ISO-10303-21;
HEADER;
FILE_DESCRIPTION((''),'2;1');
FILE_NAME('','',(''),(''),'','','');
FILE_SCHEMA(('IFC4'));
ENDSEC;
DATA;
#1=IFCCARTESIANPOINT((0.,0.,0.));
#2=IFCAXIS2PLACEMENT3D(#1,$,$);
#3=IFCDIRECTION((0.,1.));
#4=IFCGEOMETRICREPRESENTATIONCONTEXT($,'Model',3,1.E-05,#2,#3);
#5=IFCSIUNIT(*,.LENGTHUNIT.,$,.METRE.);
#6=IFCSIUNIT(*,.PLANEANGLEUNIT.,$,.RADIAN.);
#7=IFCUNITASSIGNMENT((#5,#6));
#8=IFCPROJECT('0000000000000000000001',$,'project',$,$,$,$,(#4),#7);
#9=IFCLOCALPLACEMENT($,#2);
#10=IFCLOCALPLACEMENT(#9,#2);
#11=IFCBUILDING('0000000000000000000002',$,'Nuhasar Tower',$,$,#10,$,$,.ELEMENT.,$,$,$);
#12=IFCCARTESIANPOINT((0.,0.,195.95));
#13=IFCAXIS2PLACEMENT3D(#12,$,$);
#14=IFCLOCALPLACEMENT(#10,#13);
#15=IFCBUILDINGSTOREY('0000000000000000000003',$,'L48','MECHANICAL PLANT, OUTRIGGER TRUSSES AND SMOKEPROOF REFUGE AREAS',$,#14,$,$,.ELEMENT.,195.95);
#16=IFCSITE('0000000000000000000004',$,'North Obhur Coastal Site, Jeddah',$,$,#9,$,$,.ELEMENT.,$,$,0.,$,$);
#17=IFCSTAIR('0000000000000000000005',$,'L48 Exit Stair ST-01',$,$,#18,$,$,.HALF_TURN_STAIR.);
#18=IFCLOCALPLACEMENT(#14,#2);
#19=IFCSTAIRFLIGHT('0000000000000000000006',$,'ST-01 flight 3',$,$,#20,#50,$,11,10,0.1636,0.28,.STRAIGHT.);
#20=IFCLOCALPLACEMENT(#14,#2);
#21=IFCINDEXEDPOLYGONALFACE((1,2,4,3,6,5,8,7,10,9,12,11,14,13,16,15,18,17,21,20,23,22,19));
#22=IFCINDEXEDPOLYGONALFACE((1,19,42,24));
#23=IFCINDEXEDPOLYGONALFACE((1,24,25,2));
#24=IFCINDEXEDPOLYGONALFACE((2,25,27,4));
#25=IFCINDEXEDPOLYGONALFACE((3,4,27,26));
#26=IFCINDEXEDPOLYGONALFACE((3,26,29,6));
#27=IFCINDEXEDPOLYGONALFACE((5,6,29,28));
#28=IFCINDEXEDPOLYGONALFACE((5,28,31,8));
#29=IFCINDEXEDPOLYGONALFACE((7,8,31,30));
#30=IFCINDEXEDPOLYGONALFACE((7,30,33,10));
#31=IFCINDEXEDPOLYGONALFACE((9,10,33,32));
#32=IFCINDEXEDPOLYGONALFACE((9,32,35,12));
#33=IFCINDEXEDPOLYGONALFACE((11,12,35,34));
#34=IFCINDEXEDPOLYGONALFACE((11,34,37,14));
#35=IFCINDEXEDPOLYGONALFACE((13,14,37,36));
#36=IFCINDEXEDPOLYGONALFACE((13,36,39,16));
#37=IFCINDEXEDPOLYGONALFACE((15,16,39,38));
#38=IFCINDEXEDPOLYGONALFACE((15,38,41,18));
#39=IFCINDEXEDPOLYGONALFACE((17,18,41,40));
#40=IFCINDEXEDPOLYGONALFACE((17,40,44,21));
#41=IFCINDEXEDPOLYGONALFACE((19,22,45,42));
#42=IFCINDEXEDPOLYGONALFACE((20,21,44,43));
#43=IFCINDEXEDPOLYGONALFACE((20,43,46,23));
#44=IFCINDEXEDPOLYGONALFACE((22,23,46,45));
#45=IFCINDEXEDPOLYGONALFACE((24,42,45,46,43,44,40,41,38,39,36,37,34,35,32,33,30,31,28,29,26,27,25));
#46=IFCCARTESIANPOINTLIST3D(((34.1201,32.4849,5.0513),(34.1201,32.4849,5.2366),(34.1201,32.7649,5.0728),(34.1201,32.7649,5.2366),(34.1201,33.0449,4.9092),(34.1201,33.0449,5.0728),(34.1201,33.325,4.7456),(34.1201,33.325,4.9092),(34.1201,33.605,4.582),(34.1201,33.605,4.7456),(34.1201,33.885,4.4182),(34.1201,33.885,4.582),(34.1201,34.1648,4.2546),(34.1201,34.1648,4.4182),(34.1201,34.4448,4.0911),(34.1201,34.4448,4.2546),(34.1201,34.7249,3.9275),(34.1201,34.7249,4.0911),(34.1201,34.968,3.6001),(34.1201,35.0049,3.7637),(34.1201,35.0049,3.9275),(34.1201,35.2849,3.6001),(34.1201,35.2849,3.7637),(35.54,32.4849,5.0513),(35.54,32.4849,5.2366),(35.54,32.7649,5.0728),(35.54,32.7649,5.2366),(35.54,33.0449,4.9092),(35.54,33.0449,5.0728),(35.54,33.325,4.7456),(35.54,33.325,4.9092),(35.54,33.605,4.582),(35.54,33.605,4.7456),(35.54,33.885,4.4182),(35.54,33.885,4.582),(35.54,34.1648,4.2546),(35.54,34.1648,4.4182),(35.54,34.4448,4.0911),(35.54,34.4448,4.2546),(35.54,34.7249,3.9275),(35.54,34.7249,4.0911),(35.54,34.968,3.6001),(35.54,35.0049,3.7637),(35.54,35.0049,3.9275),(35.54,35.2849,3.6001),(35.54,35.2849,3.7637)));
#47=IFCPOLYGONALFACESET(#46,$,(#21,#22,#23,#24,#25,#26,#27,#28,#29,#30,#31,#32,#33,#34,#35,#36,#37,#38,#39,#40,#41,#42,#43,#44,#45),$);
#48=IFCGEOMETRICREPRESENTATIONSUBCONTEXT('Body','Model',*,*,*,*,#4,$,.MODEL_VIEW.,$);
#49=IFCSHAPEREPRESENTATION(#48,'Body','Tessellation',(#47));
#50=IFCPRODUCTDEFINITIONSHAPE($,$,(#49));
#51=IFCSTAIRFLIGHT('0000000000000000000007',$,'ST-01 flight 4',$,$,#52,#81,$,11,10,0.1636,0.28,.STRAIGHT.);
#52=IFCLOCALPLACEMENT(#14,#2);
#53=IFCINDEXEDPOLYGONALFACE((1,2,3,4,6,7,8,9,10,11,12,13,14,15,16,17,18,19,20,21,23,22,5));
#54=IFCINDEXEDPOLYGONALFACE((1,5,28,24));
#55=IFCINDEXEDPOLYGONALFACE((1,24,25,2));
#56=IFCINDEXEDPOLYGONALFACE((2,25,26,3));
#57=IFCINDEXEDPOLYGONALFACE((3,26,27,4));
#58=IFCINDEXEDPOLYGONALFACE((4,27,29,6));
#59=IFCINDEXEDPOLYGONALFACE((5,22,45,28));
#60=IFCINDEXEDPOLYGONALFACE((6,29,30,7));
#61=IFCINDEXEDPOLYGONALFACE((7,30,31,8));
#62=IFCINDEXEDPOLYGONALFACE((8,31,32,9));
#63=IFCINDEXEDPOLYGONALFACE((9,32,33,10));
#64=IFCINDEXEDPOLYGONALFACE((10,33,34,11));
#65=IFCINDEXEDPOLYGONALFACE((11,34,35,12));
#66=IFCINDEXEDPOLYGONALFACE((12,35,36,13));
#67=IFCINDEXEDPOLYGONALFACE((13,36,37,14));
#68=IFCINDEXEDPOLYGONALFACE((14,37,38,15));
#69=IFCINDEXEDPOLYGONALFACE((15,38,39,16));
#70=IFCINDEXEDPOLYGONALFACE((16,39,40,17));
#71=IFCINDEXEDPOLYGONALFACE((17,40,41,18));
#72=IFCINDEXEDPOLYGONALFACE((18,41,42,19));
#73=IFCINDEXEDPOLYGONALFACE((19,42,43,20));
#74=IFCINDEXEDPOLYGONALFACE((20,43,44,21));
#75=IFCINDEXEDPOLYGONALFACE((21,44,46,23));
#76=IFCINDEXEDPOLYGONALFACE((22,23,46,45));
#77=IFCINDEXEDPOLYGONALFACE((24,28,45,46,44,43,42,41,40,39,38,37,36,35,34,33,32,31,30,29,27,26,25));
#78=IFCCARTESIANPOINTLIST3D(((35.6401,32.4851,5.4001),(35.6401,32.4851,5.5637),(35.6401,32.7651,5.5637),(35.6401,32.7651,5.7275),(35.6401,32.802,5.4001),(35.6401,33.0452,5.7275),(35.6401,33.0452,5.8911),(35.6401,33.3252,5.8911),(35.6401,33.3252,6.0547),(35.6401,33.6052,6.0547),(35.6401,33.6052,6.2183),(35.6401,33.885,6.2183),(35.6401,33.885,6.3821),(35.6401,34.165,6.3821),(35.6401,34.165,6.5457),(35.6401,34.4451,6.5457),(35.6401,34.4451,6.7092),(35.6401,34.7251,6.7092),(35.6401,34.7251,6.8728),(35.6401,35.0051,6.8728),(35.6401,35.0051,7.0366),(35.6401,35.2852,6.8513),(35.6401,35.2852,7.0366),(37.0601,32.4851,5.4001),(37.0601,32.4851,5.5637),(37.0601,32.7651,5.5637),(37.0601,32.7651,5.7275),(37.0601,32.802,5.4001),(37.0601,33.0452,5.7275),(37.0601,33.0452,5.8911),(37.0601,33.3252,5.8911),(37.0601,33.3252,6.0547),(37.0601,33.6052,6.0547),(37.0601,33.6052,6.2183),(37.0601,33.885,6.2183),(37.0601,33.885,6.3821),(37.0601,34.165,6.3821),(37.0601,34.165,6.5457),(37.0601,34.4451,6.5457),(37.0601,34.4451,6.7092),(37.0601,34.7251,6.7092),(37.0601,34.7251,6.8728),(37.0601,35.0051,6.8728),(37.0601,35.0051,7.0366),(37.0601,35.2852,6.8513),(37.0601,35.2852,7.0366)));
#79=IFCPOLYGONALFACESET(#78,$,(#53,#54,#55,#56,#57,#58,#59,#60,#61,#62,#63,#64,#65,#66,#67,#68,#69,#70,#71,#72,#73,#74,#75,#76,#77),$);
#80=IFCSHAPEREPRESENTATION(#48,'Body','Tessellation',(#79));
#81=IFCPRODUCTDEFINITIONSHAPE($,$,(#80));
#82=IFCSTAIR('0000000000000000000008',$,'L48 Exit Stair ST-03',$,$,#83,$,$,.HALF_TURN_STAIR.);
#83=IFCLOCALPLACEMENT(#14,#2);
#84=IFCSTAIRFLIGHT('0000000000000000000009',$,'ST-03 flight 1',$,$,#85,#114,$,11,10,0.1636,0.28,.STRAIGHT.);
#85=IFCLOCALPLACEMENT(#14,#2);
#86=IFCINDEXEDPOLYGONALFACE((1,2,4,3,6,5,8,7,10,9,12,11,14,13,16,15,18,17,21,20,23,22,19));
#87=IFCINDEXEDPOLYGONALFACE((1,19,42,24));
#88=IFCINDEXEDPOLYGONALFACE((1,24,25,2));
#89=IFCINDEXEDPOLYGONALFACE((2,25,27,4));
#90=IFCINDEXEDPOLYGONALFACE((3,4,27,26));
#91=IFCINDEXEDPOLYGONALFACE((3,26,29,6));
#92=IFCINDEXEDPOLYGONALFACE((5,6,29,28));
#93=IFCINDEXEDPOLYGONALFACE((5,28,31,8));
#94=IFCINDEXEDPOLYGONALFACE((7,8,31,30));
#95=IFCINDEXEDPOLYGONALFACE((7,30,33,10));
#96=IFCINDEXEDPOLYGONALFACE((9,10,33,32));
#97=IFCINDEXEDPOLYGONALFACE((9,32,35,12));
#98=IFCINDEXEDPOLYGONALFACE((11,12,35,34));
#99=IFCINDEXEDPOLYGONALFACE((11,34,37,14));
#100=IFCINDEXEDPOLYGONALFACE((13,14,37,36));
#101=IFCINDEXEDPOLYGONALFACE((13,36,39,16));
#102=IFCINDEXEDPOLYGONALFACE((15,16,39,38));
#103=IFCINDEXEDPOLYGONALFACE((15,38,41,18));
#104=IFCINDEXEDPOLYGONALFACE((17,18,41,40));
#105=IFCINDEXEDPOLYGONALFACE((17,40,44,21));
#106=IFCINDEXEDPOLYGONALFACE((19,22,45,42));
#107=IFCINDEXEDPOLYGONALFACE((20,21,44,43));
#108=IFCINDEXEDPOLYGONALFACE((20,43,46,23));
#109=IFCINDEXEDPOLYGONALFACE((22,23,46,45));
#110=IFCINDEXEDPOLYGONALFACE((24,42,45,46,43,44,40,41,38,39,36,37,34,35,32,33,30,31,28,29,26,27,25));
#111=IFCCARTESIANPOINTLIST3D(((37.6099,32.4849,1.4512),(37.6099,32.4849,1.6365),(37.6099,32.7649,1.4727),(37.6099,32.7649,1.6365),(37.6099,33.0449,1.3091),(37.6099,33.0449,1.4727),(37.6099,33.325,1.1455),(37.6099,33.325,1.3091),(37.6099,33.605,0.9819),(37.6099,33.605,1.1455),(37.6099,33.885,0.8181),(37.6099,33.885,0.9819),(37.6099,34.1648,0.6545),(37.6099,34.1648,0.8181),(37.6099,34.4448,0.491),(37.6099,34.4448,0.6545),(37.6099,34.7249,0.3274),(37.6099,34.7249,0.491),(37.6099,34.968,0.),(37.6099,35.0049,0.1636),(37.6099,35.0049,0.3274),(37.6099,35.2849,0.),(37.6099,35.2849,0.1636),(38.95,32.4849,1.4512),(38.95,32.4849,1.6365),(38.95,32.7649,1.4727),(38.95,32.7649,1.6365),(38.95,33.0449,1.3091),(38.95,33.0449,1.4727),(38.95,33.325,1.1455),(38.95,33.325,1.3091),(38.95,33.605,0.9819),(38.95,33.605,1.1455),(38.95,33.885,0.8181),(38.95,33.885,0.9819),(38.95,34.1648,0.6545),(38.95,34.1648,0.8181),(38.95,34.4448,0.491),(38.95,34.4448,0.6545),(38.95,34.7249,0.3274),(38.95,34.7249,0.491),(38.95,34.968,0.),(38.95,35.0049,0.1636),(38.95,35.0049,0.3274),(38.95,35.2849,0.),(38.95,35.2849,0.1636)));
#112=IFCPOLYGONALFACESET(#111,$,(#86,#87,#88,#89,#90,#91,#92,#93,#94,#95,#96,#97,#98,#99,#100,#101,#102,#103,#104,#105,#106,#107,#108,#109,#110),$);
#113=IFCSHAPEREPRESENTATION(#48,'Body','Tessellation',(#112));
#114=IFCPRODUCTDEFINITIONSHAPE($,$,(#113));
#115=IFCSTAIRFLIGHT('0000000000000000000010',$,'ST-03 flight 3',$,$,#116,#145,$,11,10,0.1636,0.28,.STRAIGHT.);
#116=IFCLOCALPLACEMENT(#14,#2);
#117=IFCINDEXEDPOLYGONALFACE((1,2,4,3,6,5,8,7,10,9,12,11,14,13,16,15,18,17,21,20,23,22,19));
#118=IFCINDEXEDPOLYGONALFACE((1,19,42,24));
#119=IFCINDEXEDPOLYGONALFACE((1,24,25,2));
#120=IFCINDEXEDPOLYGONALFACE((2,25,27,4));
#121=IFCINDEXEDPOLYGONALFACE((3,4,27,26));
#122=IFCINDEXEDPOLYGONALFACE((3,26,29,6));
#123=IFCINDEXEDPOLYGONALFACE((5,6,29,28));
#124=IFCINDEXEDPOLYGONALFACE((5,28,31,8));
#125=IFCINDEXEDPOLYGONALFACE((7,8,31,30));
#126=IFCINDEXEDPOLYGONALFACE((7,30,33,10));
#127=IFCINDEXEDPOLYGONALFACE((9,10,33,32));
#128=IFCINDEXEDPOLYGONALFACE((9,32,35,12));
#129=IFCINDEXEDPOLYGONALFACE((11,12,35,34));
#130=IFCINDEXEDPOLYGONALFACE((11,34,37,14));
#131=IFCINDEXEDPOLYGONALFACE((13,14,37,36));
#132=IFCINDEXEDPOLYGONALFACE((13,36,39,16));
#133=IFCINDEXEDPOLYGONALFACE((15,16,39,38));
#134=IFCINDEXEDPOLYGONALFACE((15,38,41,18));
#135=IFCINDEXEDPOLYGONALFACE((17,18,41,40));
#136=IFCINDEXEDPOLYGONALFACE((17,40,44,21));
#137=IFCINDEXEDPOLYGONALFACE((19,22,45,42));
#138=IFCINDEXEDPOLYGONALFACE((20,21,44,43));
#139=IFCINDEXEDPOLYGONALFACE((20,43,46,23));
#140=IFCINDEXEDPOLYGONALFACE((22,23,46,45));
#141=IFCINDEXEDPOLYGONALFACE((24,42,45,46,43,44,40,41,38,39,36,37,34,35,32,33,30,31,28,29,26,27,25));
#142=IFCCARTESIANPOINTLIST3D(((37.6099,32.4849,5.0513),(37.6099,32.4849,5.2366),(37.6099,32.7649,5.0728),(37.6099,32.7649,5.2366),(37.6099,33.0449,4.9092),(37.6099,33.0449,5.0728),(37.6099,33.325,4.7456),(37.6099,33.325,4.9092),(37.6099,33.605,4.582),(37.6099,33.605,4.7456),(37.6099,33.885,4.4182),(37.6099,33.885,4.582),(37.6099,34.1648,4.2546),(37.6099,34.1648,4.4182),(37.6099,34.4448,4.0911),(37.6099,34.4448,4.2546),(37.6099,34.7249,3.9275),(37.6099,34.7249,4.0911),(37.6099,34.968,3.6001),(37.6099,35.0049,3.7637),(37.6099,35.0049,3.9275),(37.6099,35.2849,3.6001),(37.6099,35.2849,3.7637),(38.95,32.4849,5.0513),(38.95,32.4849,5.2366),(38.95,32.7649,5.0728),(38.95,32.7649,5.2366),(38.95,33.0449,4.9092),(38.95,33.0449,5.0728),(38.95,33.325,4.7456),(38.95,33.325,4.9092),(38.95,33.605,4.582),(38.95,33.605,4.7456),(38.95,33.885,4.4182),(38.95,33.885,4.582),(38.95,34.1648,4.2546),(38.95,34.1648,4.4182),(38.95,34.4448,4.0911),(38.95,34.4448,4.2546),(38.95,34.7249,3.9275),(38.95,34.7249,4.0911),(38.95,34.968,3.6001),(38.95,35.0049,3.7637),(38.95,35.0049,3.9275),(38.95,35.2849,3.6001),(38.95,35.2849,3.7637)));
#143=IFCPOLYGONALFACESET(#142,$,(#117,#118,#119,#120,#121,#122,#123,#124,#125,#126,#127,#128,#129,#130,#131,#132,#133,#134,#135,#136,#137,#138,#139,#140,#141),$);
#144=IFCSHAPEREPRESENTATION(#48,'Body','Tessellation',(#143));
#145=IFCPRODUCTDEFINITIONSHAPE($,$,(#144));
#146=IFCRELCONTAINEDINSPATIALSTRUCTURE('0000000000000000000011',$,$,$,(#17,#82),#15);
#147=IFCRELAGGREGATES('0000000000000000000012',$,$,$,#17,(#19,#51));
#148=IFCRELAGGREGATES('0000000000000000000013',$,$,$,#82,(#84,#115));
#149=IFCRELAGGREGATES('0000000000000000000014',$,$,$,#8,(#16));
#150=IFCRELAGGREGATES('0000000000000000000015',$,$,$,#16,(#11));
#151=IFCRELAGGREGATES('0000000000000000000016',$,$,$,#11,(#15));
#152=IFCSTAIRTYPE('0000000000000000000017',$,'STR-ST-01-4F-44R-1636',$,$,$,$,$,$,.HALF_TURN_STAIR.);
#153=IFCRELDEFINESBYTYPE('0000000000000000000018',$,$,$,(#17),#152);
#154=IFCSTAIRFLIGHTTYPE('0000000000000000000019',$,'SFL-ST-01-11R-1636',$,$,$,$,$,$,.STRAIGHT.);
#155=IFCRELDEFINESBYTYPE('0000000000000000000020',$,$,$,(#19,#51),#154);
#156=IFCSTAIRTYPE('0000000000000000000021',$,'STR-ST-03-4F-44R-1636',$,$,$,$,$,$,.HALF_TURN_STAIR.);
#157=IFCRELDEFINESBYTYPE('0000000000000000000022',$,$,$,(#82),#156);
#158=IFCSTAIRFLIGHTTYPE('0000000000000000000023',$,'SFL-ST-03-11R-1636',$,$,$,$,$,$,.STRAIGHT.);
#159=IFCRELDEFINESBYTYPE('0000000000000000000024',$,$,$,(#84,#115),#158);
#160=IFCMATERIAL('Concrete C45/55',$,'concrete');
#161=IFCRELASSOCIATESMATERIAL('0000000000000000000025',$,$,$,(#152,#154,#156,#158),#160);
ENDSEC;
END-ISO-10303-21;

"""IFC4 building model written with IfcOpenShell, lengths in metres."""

from ifc_helpers import new_model, si_unit, direction, frame, origin, place, context, subcontext, project, spatial, polyline, outline, extrude, material, type_object, element, aggregate, save


model = new_model("IFC4")

# Units and contexts
model_context = context("Model", 3, precision=1e-05, world=origin(), true_north=direction((0.0, 1.0)))
body_context = subcontext(model_context, "Body", "Model", "MODEL_VIEW")
ifc_project = project(units=[si_unit("LENGTHUNIT", "METRE"), si_unit("PLANEANGLEUNIT", "RADIAN")], contexts=[model_context])

# Site, building, storey
site_placement = place(None, origin())
site = spatial("IfcSite", under=ifc_project, at=site_placement, Name="North Obhur Coastal Site, Jeddah", CompositionType="ELEMENT", RefElevation=0.0)
building_placement = place(site_placement, origin())
building = spatial("IfcBuilding", under=site, at=building_placement, Name="Nuhasar Tower", CompositionType="ELEMENT")
storey_placement = place(building_placement, frame((0.0, 0.0, 195.95)))
storey = spatial("IfcBuildingStorey", under=building, at=storey_placement, Name="L48", Description="MECHANICAL PLANT, OUTRIGGER TRUSSES AND SMOKEPROOF REFUGE AREAS", CompositionType="ELEMENT", Elevation=195.95)

# Stairs, stair flights
ifc_material_1 = material(Name="Concrete C45/55", Category="concrete")
stair_type_1 = type_object("IfcStairType", Name="STR-ST-01-4F-44R-1636", PredefinedType="HALF_TURN_STAIR", material=ifc_material_1)
stair_1_placement = place(storey_placement, origin())
stair_1 = element("IfcStair", 1, at=stair_1_placement, inside=storey, type_object=stair_type_1, Name="L48 Exit Stair ST-01", PredefinedType="HALF_TURN_STAIR")
stair_flight_type_1 = type_object("IfcStairFlightType", Name="SFL-ST-01-11R-1636", PredefinedType="STRAIGHT", material=ifc_material_1)
stair_flight_1_placement = place(storey_placement, frame((34.8301, 35.2849, 3.6001), z_axis=(0.0, 0.0, 1.0), x_axis=(0.0, -1.0, 0.0)))
stair_flight_1 = element("IfcStairFlight", 2, at=stair_flight_1_placement, type_object=stair_flight_type_1, Name="ST-01 flight 3", NumberOfRisers=11, NumberOfTreads=10, PredefinedType="STRAIGHT", RiserHeight=0.1636, TreadLength=0.28, context=body_context, shape_type="SweptSolid", body=[
    extrude(outline(polyline([(0.0, 0.0), (0.0, 0.1636), (0.28, 0.1636), (0.28, 0.3274), (0.5601, 0.3274), (0.5601, 0.491), (0.8401, 0.491), (0.8401, 0.6545), (1.1201, 0.6545), (1.1201, 0.8181), (1.3999, 0.8181), (1.3999, 0.9819), (1.6799, 0.9819), (1.6799, 1.1455), (1.96, 1.1455), (1.96, 1.3091), (2.24, 1.3091), (2.24, 1.4727), (2.52, 1.4727), (2.52, 1.6365), (2.8, 1.6365), (2.8, 1.8), (2.8, 1.4512), (0.3169, 0.0), (0.0, 0.0)])), frame((0.0, 0.71, 0.0), z_axis=(0.0, -1.0, 0.0), x_axis=(1.0, 0.0, 0.0)), (0.0, 0.0, 1.0), 1.4199),
])
stair_flight_2_placement = place(storey_placement, frame((36.3501, 32.4851, 5.4001), z_axis=(0.0, 0.0, 1.0), x_axis=(0.0, 1.0, 0.0)))
stair_flight_2 = element("IfcStairFlight", 3, at=stair_flight_2_placement, type_object=stair_flight_type_1, Name="ST-01 flight 4", NumberOfRisers=11, NumberOfTreads=10, PredefinedType="STRAIGHT", RiserHeight=0.1636, TreadLength=0.28, context=body_context, shape_type="SweptSolid", body=[
    extrude(outline(polyline([(0.0, 0.0), (0.0, 0.1636), (0.28, 0.1636), (0.28, 0.3274), (0.5601, 0.3274), (0.5601, 0.491), (0.8401, 0.491), (0.8401, 0.6545), (1.1201, 0.6545), (1.1201, 0.8181), (1.3999, 0.8181), (1.3999, 0.9819), (1.6799, 0.9819), (1.6799, 1.1455), (1.96, 1.1455), (1.96, 1.3091), (2.24, 1.3091), (2.24, 1.4727), (2.52, 1.4727), (2.52, 1.6365), (2.8, 1.6365), (2.8, 1.8), (2.8, 1.4512), (0.3169, 0.0), (0.0, 0.0)])), frame((0.0, 0.71, 0.0), z_axis=(0.0, -1.0, 0.0), x_axis=(1.0, 0.0, 0.0)), (0.0, 0.0, 1.0), 1.4199),
])
aggregate(stair_1, [stair_flight_1, stair_flight_2])
stair_type_2 = type_object("IfcStairType", Name="STR-ST-03-4F-44R-1636", PredefinedType="HALF_TURN_STAIR", material=ifc_material_1)
stair_2_placement = place(storey_placement, origin())
stair_2 = element("IfcStair", 4, at=stair_2_placement, inside=storey, type_object=stair_type_2, Name="L48 Exit Stair ST-03", PredefinedType="HALF_TURN_STAIR")
stair_flight_type_2 = type_object("IfcStairFlightType", Name="SFL-ST-03-11R-1636", PredefinedType="STRAIGHT", material=ifc_material_1)
stair_flight_3_placement = place(storey_placement, frame((38.28, 35.2849, 0.0), z_axis=(0.0, 0.0, 1.0), x_axis=(0.0, -1.0, 0.0)))
stair_flight_3 = element("IfcStairFlight", 5, at=stair_flight_3_placement, type_object=stair_flight_type_2, Name="ST-03 flight 1", NumberOfRisers=11, NumberOfTreads=10, PredefinedType="STRAIGHT", RiserHeight=0.1636, TreadLength=0.28, context=body_context, shape_type="SweptSolid", body=[
    extrude(outline(polyline([(0.0, 0.0), (0.0, 0.1636), (0.28, 0.1636), (0.28, 0.3274), (0.5601, 0.3274), (0.5601, 0.491), (0.8401, 0.491), (0.8401, 0.6545), (1.1201, 0.6545), (1.1201, 0.8181), (1.3999, 0.8181), (1.3999, 0.9819), (1.6799, 0.9819), (1.6799, 1.1455), (1.96, 1.1455), (1.96, 1.3091), (2.24, 1.3091), (2.24, 1.4727), (2.52, 1.4727), (2.52, 1.6365), (2.8, 1.6365), (2.8, 1.8), (2.8, 1.4512), (0.3169, 0.0), (0.0, 0.0)])), frame((0.0, 0.6699, 0.0), z_axis=(0.0, -1.0, 0.0), x_axis=(1.0, 0.0, 0.0)), (0.0, 0.0, 1.0), 1.3401),
])
stair_flight_4_placement = place(storey_placement, frame((38.28, 35.2849, 3.6001), z_axis=(0.0, 0.0, 1.0), x_axis=(0.0, -1.0, 0.0)))
stair_flight_4 = element("IfcStairFlight", 6, at=stair_flight_4_placement, type_object=stair_flight_type_2, Name="ST-03 flight 3", NumberOfRisers=11, NumberOfTreads=10, PredefinedType="STRAIGHT", RiserHeight=0.1636, TreadLength=0.28, context=body_context, shape_type="SweptSolid", body=[
    extrude(outline(polyline([(0.0, 0.0), (0.0, 0.1636), (0.28, 0.1636), (0.28, 0.3274), (0.5601, 0.3274), (0.5601, 0.491), (0.8401, 0.491), (0.8401, 0.6545), (1.1201, 0.6545), (1.1201, 0.8181), (1.3999, 0.8181), (1.3999, 0.9819), (1.6799, 0.9819), (1.6799, 1.1455), (1.96, 1.1455), (1.96, 1.3091), (2.24, 1.3091), (2.24, 1.4727), (2.52, 1.4727), (2.52, 1.6365), (2.8, 1.6365), (2.8, 1.8), (2.8, 1.4512), (0.3169, 0.0), (0.0, 0.0)])), frame((0.0, 0.6699, 0.0), z_axis=(0.0, -1.0, 0.0), x_axis=(1.0, 0.0, 0.0)), (0.0, 0.0, 1.0), 1.3401),
])
aggregate(stair_2, [stair_flight_3, stair_flight_4])

save(model, "model.ifc")
